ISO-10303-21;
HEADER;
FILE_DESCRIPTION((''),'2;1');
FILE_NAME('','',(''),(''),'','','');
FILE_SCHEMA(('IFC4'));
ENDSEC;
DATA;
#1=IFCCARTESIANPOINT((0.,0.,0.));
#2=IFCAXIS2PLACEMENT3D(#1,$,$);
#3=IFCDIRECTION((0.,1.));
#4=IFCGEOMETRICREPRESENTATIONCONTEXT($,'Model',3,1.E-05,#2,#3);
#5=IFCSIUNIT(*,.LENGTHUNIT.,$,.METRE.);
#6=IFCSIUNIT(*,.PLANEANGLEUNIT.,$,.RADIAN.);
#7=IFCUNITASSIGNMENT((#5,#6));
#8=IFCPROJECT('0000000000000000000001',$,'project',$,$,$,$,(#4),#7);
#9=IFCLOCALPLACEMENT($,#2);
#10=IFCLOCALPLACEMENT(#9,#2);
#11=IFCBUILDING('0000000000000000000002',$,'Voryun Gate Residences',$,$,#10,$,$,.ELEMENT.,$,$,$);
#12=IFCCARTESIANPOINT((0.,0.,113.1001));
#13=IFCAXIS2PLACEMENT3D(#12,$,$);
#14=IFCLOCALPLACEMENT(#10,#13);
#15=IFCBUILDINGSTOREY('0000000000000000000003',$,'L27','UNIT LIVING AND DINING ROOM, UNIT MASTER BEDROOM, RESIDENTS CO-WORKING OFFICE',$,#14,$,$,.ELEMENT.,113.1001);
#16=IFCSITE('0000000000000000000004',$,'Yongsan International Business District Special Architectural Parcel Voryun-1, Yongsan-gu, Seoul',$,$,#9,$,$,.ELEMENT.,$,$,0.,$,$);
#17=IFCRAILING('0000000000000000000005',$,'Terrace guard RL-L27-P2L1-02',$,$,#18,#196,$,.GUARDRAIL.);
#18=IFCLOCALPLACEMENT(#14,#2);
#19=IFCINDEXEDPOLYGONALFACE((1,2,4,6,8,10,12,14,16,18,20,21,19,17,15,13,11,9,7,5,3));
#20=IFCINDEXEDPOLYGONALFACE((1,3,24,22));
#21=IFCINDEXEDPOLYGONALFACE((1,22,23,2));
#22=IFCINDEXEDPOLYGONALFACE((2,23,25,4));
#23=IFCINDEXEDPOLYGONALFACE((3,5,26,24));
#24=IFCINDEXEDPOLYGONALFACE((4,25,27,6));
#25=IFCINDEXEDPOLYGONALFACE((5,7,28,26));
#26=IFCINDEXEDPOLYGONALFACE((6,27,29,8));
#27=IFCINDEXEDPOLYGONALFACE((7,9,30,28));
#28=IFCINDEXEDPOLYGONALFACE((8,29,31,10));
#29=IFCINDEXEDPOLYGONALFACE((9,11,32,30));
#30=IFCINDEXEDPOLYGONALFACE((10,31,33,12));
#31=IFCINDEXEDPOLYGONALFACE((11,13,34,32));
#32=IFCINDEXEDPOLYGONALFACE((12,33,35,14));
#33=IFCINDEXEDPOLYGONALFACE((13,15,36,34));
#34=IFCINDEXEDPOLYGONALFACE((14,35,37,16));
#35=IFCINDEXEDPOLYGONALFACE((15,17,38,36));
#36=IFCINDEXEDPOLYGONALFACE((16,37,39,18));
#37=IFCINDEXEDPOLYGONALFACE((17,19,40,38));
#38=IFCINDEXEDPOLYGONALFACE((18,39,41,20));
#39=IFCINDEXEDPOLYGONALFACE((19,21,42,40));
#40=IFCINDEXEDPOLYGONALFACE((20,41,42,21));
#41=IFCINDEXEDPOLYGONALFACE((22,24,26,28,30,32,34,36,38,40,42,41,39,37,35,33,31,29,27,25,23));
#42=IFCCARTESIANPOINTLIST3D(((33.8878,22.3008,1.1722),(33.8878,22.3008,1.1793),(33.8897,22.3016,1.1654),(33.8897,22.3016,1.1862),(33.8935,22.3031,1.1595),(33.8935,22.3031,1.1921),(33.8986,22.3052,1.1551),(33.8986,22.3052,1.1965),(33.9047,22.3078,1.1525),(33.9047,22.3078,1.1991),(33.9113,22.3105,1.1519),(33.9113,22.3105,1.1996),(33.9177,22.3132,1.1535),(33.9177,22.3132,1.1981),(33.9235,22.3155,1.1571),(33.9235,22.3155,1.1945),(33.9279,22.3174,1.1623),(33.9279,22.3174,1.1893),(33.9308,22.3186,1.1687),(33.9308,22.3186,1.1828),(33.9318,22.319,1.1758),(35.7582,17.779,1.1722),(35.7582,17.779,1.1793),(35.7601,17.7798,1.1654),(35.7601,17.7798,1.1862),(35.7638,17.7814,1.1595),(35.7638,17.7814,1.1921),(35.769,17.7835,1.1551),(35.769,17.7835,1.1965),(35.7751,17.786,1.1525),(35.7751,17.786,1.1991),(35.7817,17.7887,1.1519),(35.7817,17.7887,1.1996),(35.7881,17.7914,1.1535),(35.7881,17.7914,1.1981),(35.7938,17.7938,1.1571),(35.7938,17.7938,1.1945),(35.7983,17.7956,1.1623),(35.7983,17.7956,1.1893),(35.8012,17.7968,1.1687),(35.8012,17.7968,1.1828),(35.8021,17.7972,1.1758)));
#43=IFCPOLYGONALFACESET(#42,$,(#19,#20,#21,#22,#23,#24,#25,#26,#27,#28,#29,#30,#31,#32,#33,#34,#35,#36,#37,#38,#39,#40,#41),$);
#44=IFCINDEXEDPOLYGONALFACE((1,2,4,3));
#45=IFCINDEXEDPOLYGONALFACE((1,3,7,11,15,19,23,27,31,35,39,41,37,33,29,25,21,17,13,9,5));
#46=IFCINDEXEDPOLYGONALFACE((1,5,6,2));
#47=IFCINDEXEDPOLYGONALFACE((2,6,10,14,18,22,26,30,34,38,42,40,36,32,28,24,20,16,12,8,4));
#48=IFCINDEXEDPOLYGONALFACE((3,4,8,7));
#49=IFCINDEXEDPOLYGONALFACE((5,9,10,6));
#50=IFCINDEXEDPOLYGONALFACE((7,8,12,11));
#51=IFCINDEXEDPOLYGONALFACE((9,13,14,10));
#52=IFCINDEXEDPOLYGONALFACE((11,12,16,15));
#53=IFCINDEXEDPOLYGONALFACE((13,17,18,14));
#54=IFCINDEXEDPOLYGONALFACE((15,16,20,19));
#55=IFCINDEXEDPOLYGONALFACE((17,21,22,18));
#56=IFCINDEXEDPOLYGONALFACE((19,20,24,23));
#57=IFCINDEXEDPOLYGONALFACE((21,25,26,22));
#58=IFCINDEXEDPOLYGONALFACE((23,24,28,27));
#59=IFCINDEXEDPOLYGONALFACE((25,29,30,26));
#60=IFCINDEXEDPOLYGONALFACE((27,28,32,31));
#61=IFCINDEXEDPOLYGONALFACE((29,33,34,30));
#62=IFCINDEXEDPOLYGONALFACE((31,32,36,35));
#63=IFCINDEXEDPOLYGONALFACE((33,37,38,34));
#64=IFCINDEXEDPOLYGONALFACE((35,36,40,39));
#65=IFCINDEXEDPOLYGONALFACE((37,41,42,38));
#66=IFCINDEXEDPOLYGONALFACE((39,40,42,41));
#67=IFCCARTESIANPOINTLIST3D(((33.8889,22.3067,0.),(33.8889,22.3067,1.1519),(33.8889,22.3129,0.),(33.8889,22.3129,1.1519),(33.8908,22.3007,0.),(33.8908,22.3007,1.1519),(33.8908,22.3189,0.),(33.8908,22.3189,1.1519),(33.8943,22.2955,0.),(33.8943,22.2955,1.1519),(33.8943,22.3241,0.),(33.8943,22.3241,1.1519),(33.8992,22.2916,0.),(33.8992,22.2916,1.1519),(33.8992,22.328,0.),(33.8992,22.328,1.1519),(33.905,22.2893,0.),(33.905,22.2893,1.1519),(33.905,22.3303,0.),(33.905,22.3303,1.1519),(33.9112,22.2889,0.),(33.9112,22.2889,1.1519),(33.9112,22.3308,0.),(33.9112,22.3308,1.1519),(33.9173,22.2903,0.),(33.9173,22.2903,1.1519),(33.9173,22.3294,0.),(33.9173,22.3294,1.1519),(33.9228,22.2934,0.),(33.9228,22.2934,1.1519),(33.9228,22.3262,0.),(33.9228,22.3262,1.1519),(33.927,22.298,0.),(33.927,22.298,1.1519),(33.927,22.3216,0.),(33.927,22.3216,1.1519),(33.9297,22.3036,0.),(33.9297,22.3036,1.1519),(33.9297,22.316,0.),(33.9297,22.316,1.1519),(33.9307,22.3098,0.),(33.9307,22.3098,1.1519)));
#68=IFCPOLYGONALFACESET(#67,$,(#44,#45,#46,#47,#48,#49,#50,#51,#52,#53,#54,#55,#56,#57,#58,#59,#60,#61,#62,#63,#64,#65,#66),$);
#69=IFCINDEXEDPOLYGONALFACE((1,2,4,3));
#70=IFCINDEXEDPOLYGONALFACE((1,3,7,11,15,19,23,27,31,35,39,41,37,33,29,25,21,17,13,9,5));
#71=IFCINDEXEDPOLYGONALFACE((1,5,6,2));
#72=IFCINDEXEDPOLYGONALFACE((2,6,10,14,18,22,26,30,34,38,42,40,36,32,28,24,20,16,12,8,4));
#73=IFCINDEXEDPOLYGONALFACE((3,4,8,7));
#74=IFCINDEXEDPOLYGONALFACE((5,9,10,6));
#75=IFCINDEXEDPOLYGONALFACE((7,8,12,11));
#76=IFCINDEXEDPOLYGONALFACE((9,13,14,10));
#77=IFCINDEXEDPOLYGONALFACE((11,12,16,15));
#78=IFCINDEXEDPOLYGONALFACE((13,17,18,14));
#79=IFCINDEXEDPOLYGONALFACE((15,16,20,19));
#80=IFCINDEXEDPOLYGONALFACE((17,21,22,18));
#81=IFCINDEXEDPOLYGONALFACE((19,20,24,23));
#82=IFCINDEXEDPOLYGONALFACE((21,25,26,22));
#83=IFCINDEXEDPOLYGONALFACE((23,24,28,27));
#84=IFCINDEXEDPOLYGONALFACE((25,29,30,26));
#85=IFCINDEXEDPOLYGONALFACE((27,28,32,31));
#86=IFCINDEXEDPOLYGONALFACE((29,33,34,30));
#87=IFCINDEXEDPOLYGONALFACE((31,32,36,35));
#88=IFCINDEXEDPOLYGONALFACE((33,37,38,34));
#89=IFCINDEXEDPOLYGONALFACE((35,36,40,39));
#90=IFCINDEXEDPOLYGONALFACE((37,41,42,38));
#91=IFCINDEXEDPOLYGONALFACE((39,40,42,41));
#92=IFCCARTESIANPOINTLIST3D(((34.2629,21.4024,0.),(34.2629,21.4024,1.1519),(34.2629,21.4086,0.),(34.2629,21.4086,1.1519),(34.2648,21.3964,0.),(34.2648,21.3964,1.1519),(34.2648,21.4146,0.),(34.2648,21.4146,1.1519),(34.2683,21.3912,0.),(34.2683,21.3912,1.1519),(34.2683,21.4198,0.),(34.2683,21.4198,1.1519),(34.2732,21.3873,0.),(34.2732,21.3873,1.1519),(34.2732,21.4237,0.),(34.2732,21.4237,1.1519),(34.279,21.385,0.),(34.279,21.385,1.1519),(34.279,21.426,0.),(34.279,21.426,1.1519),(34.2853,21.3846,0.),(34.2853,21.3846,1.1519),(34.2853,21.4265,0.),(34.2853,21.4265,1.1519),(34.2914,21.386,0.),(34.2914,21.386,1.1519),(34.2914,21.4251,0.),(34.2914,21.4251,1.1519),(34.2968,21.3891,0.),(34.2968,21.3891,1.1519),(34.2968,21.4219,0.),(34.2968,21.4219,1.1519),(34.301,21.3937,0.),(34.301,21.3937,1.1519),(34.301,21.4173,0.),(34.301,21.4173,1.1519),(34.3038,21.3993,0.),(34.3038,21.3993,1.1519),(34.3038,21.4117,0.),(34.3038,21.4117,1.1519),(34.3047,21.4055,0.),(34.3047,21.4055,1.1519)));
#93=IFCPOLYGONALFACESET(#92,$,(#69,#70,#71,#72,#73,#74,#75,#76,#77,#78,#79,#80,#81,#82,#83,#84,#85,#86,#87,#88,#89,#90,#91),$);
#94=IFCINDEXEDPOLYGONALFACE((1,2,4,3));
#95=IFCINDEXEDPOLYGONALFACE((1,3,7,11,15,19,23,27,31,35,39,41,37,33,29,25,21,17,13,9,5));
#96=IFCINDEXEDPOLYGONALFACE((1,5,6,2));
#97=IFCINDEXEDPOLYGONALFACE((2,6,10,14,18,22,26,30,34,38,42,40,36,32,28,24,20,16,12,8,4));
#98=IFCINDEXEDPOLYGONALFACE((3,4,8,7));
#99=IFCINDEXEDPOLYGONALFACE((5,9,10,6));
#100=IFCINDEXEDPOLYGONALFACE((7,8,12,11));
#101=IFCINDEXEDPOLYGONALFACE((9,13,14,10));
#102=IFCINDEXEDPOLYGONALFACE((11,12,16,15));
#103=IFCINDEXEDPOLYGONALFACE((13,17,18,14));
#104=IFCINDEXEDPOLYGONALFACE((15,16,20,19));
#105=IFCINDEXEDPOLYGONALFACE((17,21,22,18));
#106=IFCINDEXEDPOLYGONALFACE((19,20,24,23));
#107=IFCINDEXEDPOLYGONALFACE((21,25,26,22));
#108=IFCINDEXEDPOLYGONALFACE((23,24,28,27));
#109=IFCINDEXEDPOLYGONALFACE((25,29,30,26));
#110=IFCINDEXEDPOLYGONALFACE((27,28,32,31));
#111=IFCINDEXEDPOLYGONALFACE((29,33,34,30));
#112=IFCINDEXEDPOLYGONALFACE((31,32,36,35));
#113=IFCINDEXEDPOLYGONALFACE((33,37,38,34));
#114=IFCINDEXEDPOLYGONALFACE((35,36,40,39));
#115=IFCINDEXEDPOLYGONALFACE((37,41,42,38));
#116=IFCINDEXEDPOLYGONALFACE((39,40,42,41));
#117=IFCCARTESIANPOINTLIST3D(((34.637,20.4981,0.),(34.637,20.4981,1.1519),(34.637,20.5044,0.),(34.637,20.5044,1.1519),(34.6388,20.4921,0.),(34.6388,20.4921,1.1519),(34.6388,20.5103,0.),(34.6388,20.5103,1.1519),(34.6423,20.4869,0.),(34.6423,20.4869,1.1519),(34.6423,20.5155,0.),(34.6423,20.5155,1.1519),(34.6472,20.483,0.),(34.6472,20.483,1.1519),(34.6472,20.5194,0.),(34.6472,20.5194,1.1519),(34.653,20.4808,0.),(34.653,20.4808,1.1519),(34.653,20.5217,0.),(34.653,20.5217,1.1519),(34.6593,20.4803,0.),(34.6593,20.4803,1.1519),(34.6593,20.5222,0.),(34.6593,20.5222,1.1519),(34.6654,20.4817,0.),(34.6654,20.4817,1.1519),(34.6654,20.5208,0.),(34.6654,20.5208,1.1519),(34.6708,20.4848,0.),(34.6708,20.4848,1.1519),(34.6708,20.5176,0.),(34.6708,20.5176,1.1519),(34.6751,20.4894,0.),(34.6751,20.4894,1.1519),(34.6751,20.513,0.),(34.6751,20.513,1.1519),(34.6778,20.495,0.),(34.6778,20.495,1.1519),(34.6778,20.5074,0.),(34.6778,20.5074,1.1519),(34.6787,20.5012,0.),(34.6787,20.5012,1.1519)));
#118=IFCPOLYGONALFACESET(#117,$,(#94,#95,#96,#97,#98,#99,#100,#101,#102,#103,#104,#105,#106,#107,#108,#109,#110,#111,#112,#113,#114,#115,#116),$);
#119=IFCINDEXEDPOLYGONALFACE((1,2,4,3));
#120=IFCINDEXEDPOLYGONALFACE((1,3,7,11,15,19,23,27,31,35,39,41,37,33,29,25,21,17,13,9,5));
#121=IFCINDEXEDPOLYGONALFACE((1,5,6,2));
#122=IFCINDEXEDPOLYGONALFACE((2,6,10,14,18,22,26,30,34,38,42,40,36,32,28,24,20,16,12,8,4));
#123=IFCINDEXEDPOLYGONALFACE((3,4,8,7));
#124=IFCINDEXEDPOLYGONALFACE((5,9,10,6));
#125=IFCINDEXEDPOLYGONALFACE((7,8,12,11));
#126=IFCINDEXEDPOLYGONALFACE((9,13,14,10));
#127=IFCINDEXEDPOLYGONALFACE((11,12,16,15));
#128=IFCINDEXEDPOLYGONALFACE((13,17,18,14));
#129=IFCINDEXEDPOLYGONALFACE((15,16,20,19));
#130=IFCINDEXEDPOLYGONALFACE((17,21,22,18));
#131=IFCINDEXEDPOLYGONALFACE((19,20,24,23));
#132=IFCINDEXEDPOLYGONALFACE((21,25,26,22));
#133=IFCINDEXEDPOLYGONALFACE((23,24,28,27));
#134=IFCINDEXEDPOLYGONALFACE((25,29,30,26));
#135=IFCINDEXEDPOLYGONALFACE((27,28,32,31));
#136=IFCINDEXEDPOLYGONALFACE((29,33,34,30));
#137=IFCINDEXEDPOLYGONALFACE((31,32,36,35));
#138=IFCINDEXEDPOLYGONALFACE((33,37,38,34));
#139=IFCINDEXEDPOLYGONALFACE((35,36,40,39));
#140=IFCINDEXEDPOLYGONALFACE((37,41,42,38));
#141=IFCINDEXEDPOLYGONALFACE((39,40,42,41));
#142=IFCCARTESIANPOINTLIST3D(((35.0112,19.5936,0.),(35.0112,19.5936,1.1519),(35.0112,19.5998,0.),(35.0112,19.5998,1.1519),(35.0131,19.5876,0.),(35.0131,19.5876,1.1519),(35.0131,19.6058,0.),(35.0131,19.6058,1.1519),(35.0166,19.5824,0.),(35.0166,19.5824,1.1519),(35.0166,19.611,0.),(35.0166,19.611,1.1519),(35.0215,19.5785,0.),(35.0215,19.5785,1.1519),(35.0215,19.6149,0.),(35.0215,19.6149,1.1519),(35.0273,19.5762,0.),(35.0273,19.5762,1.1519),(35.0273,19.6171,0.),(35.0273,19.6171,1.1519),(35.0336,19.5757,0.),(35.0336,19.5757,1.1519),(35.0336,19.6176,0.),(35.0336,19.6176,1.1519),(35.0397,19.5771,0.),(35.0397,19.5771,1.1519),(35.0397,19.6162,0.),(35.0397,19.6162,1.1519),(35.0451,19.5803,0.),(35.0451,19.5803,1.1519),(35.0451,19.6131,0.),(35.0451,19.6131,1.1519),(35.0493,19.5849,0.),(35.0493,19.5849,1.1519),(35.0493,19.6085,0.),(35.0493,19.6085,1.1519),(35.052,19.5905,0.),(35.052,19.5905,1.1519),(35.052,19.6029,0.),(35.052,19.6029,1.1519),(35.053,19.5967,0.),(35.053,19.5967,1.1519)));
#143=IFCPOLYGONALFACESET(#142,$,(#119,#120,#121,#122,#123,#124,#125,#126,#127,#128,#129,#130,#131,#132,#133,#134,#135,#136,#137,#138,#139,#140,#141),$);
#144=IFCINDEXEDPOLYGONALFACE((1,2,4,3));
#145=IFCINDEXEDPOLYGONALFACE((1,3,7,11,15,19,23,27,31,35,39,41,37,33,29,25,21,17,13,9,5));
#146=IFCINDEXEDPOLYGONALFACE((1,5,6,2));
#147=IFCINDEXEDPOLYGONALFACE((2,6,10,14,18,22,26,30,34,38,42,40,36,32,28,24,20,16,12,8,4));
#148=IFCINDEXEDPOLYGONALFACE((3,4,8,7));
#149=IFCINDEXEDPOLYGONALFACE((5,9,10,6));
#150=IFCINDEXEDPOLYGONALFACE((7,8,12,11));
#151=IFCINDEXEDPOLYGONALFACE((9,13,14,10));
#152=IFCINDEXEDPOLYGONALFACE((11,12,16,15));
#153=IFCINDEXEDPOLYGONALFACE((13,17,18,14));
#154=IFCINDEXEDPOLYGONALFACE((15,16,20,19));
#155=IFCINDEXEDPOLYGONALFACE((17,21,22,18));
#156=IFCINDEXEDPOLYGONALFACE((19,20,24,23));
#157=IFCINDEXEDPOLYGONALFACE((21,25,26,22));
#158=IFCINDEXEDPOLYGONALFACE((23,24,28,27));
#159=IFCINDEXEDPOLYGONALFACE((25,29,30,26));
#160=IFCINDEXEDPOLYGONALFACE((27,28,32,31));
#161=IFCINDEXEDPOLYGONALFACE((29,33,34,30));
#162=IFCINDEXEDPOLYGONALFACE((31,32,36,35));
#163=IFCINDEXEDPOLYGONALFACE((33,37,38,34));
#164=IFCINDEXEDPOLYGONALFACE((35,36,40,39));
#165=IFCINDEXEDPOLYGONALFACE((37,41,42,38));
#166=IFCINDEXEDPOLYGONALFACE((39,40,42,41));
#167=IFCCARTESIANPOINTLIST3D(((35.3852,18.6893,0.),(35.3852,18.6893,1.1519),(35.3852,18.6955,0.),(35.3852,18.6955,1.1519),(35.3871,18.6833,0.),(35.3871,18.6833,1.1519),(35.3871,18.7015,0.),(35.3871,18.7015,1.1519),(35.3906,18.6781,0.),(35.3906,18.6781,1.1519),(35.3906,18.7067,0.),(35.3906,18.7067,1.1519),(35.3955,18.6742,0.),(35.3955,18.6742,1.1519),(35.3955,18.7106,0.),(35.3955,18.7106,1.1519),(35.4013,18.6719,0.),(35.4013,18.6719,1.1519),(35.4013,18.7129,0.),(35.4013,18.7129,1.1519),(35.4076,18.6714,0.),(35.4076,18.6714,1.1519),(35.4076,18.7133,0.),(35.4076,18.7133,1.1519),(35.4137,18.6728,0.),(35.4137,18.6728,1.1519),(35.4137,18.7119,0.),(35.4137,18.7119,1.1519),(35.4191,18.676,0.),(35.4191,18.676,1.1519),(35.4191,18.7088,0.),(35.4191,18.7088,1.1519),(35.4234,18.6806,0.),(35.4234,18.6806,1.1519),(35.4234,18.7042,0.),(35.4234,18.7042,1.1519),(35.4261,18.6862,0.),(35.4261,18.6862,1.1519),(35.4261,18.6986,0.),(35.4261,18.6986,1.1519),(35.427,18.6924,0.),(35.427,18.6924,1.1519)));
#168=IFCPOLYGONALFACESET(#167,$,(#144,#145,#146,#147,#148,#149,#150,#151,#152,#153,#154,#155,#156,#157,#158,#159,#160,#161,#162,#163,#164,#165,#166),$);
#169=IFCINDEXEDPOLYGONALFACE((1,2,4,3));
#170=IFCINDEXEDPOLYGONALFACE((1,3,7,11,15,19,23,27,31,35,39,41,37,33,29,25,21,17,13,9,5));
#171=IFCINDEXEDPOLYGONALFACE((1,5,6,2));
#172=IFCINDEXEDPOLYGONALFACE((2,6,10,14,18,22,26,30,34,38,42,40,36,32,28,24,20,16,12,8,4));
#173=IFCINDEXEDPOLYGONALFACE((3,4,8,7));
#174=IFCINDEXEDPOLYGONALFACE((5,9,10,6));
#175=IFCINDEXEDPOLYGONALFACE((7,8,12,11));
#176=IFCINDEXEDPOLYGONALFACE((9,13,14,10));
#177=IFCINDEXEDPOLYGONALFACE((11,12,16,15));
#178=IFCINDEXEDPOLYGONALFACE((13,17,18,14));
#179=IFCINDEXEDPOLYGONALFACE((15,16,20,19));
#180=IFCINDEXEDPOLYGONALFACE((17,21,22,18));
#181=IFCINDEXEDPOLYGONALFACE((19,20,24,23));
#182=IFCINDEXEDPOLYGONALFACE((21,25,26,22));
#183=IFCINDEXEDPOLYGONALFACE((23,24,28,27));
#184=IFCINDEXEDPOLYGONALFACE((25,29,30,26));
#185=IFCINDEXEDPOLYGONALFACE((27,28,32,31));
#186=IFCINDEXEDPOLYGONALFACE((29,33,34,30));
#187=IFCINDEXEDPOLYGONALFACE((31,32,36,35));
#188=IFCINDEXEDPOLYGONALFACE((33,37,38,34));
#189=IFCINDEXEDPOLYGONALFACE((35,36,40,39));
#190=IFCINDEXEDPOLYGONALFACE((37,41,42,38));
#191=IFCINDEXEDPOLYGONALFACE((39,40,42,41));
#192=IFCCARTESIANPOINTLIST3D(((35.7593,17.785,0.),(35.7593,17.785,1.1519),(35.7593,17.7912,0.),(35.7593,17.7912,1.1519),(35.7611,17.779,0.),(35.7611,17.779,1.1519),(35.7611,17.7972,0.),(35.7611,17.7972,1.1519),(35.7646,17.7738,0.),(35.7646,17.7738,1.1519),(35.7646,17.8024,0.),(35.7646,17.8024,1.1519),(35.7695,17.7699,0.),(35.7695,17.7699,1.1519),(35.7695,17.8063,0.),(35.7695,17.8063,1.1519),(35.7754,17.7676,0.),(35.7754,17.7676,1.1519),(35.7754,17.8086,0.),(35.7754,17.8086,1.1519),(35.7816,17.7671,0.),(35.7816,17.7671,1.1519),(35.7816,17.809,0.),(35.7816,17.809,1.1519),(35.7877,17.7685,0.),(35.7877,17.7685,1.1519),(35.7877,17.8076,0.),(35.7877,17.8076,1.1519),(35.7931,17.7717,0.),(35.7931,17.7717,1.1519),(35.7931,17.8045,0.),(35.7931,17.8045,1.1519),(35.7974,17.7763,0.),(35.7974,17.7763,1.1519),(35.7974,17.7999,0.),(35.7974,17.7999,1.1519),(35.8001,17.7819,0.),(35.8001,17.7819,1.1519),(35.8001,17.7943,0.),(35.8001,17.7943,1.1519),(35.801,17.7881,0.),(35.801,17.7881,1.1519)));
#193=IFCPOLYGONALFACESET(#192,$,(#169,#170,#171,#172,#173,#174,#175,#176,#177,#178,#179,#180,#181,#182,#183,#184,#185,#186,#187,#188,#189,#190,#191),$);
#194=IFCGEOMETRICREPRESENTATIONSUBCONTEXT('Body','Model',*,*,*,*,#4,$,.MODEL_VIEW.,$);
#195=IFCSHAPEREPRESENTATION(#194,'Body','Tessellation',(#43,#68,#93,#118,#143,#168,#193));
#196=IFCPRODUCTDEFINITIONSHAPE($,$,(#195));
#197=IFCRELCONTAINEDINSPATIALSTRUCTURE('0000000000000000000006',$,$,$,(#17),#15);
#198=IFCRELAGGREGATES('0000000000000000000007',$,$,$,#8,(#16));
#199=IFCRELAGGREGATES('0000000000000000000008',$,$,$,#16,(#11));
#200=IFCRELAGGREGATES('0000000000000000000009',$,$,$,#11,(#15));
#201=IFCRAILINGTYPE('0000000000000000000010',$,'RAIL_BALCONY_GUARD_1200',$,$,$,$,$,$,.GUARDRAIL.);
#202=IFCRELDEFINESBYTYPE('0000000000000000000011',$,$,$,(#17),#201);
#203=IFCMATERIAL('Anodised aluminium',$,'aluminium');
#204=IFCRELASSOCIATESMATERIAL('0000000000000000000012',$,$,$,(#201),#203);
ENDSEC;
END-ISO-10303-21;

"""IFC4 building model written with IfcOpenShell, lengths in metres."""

from ifc_helpers import new_model, si_unit, direction, frame, origin, origin_2d, place, context, subcontext, project, spatial, circle, extrude, material, type_object, element, save


model = new_model("IFC4")

# Units and contexts
model_context = context("Model", 3, precision=1e-05, world=origin(), true_north=direction((0.0, 1.0)))
body_context = subcontext(model_context, "Body", "Model", "MODEL_VIEW")
ifc_project = project(units=[si_unit("LENGTHUNIT", "METRE"), si_unit("PLANEANGLEUNIT", "RADIAN")], contexts=[model_context])

# Site, building, storey
site_placement = place(None, origin())
site = spatial("IfcSite", under=ifc_project, at=site_placement, Name="Yongsan International Business District Special Architectural Parcel Voryun-1, Yongsan-gu, Seoul", CompositionType="ELEMENT", RefElevation=0.0)
building_placement = place(site_placement, origin())
building = spatial("IfcBuilding", under=site, at=building_placement, Name="Voryun Gate Residences", CompositionType="ELEMENT")
storey_placement = place(building_placement, frame((0.0, 0.0, 113.1001)))
storey = spatial("IfcBuildingStorey", under=building, at=storey_placement, Name="L27", Description="UNIT LIVING AND DINING ROOM, UNIT MASTER BEDROOM, RESIDENTS CO-WORKING OFFICE", CompositionType="ELEMENT", Elevation=113.1001)

# Railing
ifc_material_1 = material(Name="Anodised aluminium", Category="aluminium")
railing_type = type_object("IfcRailingType", Name="RAIL_BALCONY_GUARD_1200", PredefinedType="GUARDRAIL", material=ifc_material_1)
railing_1_placement = place(storey_placement, frame((33.9097, 22.3098, 0.0)))
element("IfcRailing", 1, at=railing_1_placement, inside=storey, type_object=railing_type, Name="Terrace guard RL-L27-P2L1-02", PredefinedType="GUARDRAIL", context=body_context, shape_type="SweptSolid", body=[
    extrude(circle(Radius=0.0239, at=origin_2d()), frame((0.0, 0.0, 1.1758), z_axis=(0.38223, -0.924067, 0.0), x_axis=(0.924067, 0.38223, 0.0)), (0.0, 0.0, 1.0), 4.8933),
    extrude(circle(Radius=0.021, at=origin_2d()), origin(), (0.0, 0.0, 1.0), 1.1519),
    extrude(circle(Radius=0.021, at=origin_2d()), frame((0.374, -0.9043, 0.0)), (0.0, 0.0, 1.0), 1.1519),
    extrude(circle(Radius=0.021, at=origin_2d()), frame((0.748, -1.8086, 0.0)), (0.0, 0.0, 1.0), 1.1519),
    extrude(circle(Radius=0.021, at=origin_2d()), frame((1.1223, -2.7131, 0.0)), (0.0, 0.0, 1.0), 1.1519),
    extrude(circle(Radius=0.021, at=origin_2d()), frame((1.4963, -3.6174, 0.0)), (0.0, 0.0, 1.0), 1.1519),
    extrude(circle(Radius=0.021, at=origin_2d()), frame((1.8704, -4.5217, 0.0)), (0.0, 0.0, 1.0), 1.1519),
])

save(model, "model.ifc")
